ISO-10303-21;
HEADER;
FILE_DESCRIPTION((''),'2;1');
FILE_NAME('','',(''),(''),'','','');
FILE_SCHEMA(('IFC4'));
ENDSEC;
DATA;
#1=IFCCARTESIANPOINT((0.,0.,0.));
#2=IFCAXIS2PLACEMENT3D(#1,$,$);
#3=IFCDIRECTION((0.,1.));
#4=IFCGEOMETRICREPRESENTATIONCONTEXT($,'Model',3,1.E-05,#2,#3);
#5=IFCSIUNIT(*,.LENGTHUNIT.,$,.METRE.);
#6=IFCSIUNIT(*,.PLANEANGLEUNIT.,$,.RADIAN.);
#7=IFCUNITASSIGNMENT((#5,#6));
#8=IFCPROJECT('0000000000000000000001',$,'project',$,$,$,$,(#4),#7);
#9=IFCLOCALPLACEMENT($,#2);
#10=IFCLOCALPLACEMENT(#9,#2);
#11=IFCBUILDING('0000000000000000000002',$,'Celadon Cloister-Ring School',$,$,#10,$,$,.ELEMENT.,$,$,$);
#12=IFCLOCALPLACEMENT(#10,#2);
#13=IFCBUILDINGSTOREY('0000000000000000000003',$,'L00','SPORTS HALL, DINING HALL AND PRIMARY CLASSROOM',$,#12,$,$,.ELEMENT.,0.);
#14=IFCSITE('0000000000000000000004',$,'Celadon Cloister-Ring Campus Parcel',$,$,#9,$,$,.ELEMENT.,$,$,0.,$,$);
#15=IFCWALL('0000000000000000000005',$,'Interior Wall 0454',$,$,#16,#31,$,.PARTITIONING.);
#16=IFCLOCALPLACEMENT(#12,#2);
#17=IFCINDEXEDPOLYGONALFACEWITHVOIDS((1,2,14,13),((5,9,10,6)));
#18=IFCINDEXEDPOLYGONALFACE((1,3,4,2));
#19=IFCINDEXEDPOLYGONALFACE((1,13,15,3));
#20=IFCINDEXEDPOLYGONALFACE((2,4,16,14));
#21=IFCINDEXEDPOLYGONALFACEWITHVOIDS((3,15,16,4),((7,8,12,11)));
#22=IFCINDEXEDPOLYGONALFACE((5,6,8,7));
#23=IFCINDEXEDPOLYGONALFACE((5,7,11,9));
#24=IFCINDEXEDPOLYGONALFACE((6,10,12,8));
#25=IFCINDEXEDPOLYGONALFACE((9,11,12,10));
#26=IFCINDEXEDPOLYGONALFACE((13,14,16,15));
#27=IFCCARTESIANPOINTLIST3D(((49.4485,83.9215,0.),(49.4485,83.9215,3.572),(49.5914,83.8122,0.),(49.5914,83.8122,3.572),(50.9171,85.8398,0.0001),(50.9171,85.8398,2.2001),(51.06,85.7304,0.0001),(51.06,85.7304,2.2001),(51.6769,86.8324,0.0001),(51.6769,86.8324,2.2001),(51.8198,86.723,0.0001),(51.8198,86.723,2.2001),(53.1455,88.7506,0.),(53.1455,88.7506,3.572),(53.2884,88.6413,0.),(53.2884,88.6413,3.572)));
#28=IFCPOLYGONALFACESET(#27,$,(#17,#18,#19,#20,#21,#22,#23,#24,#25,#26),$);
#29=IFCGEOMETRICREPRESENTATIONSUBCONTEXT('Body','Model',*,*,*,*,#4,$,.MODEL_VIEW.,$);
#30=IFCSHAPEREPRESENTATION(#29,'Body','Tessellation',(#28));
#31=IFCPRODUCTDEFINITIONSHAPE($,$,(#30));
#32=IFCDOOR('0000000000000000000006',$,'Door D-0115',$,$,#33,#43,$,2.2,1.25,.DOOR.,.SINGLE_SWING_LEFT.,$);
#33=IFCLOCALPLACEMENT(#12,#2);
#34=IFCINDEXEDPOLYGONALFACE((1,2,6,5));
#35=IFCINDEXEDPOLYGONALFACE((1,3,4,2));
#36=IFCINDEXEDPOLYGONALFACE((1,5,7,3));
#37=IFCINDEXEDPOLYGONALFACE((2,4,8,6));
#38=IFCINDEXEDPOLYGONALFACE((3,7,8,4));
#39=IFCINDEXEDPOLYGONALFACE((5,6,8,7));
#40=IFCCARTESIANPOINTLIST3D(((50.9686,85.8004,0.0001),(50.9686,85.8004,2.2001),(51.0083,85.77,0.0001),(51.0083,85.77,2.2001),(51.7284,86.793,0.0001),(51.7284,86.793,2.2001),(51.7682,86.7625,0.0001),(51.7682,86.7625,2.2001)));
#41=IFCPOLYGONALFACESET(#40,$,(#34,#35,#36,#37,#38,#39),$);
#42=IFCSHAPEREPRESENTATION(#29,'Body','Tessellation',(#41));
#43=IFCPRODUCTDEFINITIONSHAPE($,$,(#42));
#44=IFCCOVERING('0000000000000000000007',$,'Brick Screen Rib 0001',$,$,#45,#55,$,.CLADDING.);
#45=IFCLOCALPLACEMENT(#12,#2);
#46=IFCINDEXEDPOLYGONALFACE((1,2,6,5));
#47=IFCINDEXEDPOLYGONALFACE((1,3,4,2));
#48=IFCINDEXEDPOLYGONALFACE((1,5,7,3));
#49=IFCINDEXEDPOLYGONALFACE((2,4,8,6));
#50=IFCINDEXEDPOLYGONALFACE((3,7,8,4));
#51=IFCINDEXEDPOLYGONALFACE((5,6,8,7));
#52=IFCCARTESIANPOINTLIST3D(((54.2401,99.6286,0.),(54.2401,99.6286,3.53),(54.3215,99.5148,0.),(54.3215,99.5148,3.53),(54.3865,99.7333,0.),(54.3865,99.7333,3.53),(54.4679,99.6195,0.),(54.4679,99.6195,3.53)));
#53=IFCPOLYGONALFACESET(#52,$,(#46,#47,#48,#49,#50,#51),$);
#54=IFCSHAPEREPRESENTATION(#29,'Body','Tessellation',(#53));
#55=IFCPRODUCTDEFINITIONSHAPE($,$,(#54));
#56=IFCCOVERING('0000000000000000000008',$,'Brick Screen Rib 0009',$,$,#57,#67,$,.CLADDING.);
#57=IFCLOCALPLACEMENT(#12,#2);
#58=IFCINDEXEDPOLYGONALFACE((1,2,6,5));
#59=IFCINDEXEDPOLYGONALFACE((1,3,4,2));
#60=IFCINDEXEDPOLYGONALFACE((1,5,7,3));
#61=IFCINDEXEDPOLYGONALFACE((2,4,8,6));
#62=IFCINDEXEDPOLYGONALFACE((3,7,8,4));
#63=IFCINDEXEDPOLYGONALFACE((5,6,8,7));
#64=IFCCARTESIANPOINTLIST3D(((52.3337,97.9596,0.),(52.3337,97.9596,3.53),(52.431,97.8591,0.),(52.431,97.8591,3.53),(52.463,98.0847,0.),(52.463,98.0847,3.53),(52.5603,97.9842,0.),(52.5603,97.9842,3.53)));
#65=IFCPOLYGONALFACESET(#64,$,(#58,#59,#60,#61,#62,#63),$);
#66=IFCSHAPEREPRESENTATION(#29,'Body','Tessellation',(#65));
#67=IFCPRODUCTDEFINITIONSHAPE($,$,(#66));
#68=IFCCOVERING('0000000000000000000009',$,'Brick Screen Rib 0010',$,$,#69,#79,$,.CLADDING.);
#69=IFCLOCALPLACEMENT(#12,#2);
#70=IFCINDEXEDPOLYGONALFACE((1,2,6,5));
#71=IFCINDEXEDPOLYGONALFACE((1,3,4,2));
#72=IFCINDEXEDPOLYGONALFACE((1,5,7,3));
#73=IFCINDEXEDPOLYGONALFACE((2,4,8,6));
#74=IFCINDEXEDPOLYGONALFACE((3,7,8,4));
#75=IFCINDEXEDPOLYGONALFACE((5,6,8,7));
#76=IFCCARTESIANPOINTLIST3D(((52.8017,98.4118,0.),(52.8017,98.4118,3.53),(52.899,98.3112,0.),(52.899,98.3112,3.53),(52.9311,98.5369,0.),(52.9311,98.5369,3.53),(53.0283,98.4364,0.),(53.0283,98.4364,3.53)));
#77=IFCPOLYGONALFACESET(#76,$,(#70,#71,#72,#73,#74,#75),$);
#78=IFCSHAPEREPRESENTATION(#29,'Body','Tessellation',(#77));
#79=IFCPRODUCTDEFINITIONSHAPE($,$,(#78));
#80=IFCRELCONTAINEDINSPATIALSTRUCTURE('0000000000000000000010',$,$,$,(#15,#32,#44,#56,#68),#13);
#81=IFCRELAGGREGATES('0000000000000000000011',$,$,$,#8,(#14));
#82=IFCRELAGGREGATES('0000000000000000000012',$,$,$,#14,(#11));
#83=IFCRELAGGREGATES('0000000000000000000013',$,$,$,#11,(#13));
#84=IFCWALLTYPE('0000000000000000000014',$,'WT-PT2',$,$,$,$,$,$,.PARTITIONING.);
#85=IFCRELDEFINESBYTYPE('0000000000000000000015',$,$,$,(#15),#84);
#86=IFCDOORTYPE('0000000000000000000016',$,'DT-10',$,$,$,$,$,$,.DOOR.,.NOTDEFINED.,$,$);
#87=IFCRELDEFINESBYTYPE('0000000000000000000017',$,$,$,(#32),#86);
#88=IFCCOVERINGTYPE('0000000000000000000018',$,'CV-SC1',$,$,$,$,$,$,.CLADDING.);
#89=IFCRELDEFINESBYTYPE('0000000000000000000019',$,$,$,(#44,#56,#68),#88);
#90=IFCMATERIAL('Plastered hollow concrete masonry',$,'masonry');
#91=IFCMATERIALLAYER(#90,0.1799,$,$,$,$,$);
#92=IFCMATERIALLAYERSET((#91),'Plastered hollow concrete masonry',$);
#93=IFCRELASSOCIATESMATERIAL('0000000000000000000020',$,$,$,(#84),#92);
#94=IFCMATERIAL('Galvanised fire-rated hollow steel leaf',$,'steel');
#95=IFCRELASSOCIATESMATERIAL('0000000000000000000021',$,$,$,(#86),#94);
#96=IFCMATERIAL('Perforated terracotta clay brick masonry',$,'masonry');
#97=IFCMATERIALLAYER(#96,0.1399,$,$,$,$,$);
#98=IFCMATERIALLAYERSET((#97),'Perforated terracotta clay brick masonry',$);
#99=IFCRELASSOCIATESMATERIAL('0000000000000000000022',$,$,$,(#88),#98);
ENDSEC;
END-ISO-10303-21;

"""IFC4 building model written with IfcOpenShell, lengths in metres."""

from ifc_helpers import new_model, si_unit, direction, frame, frame_2d, origin, origin_2d, place, context, subcontext, project, spatial, rectangle, extrude, material, layer, layer_set, type_object, element, fill, save


model = new_model("IFC4")

# Units and contexts
model_context = context("Model", 3, precision=1e-05, world=origin(), true_north=direction((0.0, 1.0)))
body_context = subcontext(model_context, "Body", "Model", "MODEL_VIEW")
ifc_project = project(units=[si_unit("LENGTHUNIT", "METRE"), si_unit("PLANEANGLEUNIT", "RADIAN")], contexts=[model_context])

# Site, building, storey
site_placement = place(None, origin())
site = spatial("IfcSite", under=ifc_project, at=site_placement, Name="Celadon Cloister-Ring Campus Parcel", CompositionType="ELEMENT", RefElevation=0.0)
building_placement = place(site_placement, origin())
building = spatial("IfcBuilding", under=site, at=building_placement, Name="Celadon Cloister-Ring School", CompositionType="ELEMENT")
storey_placement = place(building_placement, origin())
storey = spatial("IfcBuildingStorey", under=building, at=storey_placement, Name="L00", Description="SPORTS HALL, DINING HALL AND PRIMARY CLASSROOM", CompositionType="ELEMENT", Elevation=0.0)

# Wall, opening, door
ifc_material_1 = material(Name="Plastered hollow concrete masonry", Category="masonry")
ifc_layer_1 = layer(ifc_material_1, 0.1799)
ifc_layer_set_1 = layer_set([ifc_layer_1], Name="Plastered hollow concrete masonry")
wall_type_1 = type_object("IfcWallType", Name="WT-PT2", PredefinedType="PARTITIONING", material=ifc_layer_set_1)
wall_1_placement = place(storey_placement, frame((53.217, 88.696, 0.0), z_axis=(0.0, 0.0, 1.0), x_axis=(-0.607884, -0.794026, 0.0)))
wall_1 = element("IfcWall", 1, at=wall_1_placement, inside=storey, type_object=wall_type_1, Name="Interior Wall 0454", PredefinedType="PARTITIONING", context=body_context, shape_type="SweptSolid", body=[
    extrude(rectangle(XDim=6.0818, YDim=0.1799, at=frame_2d((3.041, 0.0))), origin(), (0.0, 0.0, 1.0), 3.572),
])
opening_1_placement = place(wall_1_placement, frame((2.416, 0.0, 0.0)))
opening_1 = element("IfcOpeningElement", 2, at=opening_1_placement, cuts=wall_1, PredefinedType="OPENING", context=body_context, shape_type="SweptSolid", body=[
    extrude(rectangle(XDim=1.25, YDim=2.2, at=frame_2d((0.625, 1.1001))), frame((0.0, 0.1001, 0.0), z_axis=(0.0, -1.0, 0.0), x_axis=(1.0, 0.0, 0.0)), (0.0, 0.0, 1.0), 0.2),
])
ifc_material_2 = material(Name="Galvanised fire-rated hollow steel leaf", Category="steel")
door_type = type_object("IfcDoorType", Name="DT-10", OperationType="NOTDEFINED", PredefinedType="DOOR", material=ifc_material_2)
door_placement = place(opening_1_placement, origin())
door = element("IfcDoor", 3, at=door_placement, inside=storey, type_object=door_type, Name="Door D-0115", OperationType="SINGLE_SWING_LEFT", OverallHeight=2.2, OverallWidth=1.25, PredefinedType="DOOR", context=body_context, shape_type="SweptSolid", body=[
    extrude(rectangle(XDim=1.25, YDim=2.2, at=frame_2d((0.625, 1.1001))), frame((0.0, 0.0249, 0.0), z_axis=(0.0, -1.0, 0.0), x_axis=(1.0, 0.0, 0.0)), (0.0, 0.0, 1.0), 0.05),
])
fill(opening_1, door)

# Coverings
ifc_material_3 = material(Name="Perforated terracotta clay brick masonry", Category="masonry")
ifc_layer_2 = layer(ifc_material_3, 0.1399)
ifc_layer_set_2 = layer_set([ifc_layer_2], Name="Perforated terracotta clay brick masonry")
covering_type = type_object("IfcCoveringType", Name="CV-SC1", PredefinedType="CLADDING", material=ifc_layer_set_2)
for number, where, z_axis, x_axis, name in (
    (4, (54.354, 99.624, 0.0), (0.0, 0.0, 1.0), (0.813375, 0.58174, 0.0), "Brick Screen Rib 0001"),
    (5, (52.447, 97.9719, 0.0), (0.0, 0.0, 1.0), (0.718673, 0.695349, 0.0), "Brick Screen Rib 0009"),
    (6, (52.915, 98.4241, 0.0), (0.0, 0.0, 1.0), (0.718673, 0.695349, 0.0), "Brick Screen Rib 0010"),
):
    element("IfcCovering", number, at=place(storey_placement, frame(where, z_axis=z_axis, x_axis=x_axis)), inside=storey, type_object=covering_type, Name=name, PredefinedType="CLADDING", context=body_context, shape_type="SweptSolid", body=[
        extrude(rectangle(XDim=0.1799, YDim=0.1399, at=origin_2d()), origin(), (0.0, 0.0, 1.0), 3.53),
    ])

save(model, "model.ifc")
